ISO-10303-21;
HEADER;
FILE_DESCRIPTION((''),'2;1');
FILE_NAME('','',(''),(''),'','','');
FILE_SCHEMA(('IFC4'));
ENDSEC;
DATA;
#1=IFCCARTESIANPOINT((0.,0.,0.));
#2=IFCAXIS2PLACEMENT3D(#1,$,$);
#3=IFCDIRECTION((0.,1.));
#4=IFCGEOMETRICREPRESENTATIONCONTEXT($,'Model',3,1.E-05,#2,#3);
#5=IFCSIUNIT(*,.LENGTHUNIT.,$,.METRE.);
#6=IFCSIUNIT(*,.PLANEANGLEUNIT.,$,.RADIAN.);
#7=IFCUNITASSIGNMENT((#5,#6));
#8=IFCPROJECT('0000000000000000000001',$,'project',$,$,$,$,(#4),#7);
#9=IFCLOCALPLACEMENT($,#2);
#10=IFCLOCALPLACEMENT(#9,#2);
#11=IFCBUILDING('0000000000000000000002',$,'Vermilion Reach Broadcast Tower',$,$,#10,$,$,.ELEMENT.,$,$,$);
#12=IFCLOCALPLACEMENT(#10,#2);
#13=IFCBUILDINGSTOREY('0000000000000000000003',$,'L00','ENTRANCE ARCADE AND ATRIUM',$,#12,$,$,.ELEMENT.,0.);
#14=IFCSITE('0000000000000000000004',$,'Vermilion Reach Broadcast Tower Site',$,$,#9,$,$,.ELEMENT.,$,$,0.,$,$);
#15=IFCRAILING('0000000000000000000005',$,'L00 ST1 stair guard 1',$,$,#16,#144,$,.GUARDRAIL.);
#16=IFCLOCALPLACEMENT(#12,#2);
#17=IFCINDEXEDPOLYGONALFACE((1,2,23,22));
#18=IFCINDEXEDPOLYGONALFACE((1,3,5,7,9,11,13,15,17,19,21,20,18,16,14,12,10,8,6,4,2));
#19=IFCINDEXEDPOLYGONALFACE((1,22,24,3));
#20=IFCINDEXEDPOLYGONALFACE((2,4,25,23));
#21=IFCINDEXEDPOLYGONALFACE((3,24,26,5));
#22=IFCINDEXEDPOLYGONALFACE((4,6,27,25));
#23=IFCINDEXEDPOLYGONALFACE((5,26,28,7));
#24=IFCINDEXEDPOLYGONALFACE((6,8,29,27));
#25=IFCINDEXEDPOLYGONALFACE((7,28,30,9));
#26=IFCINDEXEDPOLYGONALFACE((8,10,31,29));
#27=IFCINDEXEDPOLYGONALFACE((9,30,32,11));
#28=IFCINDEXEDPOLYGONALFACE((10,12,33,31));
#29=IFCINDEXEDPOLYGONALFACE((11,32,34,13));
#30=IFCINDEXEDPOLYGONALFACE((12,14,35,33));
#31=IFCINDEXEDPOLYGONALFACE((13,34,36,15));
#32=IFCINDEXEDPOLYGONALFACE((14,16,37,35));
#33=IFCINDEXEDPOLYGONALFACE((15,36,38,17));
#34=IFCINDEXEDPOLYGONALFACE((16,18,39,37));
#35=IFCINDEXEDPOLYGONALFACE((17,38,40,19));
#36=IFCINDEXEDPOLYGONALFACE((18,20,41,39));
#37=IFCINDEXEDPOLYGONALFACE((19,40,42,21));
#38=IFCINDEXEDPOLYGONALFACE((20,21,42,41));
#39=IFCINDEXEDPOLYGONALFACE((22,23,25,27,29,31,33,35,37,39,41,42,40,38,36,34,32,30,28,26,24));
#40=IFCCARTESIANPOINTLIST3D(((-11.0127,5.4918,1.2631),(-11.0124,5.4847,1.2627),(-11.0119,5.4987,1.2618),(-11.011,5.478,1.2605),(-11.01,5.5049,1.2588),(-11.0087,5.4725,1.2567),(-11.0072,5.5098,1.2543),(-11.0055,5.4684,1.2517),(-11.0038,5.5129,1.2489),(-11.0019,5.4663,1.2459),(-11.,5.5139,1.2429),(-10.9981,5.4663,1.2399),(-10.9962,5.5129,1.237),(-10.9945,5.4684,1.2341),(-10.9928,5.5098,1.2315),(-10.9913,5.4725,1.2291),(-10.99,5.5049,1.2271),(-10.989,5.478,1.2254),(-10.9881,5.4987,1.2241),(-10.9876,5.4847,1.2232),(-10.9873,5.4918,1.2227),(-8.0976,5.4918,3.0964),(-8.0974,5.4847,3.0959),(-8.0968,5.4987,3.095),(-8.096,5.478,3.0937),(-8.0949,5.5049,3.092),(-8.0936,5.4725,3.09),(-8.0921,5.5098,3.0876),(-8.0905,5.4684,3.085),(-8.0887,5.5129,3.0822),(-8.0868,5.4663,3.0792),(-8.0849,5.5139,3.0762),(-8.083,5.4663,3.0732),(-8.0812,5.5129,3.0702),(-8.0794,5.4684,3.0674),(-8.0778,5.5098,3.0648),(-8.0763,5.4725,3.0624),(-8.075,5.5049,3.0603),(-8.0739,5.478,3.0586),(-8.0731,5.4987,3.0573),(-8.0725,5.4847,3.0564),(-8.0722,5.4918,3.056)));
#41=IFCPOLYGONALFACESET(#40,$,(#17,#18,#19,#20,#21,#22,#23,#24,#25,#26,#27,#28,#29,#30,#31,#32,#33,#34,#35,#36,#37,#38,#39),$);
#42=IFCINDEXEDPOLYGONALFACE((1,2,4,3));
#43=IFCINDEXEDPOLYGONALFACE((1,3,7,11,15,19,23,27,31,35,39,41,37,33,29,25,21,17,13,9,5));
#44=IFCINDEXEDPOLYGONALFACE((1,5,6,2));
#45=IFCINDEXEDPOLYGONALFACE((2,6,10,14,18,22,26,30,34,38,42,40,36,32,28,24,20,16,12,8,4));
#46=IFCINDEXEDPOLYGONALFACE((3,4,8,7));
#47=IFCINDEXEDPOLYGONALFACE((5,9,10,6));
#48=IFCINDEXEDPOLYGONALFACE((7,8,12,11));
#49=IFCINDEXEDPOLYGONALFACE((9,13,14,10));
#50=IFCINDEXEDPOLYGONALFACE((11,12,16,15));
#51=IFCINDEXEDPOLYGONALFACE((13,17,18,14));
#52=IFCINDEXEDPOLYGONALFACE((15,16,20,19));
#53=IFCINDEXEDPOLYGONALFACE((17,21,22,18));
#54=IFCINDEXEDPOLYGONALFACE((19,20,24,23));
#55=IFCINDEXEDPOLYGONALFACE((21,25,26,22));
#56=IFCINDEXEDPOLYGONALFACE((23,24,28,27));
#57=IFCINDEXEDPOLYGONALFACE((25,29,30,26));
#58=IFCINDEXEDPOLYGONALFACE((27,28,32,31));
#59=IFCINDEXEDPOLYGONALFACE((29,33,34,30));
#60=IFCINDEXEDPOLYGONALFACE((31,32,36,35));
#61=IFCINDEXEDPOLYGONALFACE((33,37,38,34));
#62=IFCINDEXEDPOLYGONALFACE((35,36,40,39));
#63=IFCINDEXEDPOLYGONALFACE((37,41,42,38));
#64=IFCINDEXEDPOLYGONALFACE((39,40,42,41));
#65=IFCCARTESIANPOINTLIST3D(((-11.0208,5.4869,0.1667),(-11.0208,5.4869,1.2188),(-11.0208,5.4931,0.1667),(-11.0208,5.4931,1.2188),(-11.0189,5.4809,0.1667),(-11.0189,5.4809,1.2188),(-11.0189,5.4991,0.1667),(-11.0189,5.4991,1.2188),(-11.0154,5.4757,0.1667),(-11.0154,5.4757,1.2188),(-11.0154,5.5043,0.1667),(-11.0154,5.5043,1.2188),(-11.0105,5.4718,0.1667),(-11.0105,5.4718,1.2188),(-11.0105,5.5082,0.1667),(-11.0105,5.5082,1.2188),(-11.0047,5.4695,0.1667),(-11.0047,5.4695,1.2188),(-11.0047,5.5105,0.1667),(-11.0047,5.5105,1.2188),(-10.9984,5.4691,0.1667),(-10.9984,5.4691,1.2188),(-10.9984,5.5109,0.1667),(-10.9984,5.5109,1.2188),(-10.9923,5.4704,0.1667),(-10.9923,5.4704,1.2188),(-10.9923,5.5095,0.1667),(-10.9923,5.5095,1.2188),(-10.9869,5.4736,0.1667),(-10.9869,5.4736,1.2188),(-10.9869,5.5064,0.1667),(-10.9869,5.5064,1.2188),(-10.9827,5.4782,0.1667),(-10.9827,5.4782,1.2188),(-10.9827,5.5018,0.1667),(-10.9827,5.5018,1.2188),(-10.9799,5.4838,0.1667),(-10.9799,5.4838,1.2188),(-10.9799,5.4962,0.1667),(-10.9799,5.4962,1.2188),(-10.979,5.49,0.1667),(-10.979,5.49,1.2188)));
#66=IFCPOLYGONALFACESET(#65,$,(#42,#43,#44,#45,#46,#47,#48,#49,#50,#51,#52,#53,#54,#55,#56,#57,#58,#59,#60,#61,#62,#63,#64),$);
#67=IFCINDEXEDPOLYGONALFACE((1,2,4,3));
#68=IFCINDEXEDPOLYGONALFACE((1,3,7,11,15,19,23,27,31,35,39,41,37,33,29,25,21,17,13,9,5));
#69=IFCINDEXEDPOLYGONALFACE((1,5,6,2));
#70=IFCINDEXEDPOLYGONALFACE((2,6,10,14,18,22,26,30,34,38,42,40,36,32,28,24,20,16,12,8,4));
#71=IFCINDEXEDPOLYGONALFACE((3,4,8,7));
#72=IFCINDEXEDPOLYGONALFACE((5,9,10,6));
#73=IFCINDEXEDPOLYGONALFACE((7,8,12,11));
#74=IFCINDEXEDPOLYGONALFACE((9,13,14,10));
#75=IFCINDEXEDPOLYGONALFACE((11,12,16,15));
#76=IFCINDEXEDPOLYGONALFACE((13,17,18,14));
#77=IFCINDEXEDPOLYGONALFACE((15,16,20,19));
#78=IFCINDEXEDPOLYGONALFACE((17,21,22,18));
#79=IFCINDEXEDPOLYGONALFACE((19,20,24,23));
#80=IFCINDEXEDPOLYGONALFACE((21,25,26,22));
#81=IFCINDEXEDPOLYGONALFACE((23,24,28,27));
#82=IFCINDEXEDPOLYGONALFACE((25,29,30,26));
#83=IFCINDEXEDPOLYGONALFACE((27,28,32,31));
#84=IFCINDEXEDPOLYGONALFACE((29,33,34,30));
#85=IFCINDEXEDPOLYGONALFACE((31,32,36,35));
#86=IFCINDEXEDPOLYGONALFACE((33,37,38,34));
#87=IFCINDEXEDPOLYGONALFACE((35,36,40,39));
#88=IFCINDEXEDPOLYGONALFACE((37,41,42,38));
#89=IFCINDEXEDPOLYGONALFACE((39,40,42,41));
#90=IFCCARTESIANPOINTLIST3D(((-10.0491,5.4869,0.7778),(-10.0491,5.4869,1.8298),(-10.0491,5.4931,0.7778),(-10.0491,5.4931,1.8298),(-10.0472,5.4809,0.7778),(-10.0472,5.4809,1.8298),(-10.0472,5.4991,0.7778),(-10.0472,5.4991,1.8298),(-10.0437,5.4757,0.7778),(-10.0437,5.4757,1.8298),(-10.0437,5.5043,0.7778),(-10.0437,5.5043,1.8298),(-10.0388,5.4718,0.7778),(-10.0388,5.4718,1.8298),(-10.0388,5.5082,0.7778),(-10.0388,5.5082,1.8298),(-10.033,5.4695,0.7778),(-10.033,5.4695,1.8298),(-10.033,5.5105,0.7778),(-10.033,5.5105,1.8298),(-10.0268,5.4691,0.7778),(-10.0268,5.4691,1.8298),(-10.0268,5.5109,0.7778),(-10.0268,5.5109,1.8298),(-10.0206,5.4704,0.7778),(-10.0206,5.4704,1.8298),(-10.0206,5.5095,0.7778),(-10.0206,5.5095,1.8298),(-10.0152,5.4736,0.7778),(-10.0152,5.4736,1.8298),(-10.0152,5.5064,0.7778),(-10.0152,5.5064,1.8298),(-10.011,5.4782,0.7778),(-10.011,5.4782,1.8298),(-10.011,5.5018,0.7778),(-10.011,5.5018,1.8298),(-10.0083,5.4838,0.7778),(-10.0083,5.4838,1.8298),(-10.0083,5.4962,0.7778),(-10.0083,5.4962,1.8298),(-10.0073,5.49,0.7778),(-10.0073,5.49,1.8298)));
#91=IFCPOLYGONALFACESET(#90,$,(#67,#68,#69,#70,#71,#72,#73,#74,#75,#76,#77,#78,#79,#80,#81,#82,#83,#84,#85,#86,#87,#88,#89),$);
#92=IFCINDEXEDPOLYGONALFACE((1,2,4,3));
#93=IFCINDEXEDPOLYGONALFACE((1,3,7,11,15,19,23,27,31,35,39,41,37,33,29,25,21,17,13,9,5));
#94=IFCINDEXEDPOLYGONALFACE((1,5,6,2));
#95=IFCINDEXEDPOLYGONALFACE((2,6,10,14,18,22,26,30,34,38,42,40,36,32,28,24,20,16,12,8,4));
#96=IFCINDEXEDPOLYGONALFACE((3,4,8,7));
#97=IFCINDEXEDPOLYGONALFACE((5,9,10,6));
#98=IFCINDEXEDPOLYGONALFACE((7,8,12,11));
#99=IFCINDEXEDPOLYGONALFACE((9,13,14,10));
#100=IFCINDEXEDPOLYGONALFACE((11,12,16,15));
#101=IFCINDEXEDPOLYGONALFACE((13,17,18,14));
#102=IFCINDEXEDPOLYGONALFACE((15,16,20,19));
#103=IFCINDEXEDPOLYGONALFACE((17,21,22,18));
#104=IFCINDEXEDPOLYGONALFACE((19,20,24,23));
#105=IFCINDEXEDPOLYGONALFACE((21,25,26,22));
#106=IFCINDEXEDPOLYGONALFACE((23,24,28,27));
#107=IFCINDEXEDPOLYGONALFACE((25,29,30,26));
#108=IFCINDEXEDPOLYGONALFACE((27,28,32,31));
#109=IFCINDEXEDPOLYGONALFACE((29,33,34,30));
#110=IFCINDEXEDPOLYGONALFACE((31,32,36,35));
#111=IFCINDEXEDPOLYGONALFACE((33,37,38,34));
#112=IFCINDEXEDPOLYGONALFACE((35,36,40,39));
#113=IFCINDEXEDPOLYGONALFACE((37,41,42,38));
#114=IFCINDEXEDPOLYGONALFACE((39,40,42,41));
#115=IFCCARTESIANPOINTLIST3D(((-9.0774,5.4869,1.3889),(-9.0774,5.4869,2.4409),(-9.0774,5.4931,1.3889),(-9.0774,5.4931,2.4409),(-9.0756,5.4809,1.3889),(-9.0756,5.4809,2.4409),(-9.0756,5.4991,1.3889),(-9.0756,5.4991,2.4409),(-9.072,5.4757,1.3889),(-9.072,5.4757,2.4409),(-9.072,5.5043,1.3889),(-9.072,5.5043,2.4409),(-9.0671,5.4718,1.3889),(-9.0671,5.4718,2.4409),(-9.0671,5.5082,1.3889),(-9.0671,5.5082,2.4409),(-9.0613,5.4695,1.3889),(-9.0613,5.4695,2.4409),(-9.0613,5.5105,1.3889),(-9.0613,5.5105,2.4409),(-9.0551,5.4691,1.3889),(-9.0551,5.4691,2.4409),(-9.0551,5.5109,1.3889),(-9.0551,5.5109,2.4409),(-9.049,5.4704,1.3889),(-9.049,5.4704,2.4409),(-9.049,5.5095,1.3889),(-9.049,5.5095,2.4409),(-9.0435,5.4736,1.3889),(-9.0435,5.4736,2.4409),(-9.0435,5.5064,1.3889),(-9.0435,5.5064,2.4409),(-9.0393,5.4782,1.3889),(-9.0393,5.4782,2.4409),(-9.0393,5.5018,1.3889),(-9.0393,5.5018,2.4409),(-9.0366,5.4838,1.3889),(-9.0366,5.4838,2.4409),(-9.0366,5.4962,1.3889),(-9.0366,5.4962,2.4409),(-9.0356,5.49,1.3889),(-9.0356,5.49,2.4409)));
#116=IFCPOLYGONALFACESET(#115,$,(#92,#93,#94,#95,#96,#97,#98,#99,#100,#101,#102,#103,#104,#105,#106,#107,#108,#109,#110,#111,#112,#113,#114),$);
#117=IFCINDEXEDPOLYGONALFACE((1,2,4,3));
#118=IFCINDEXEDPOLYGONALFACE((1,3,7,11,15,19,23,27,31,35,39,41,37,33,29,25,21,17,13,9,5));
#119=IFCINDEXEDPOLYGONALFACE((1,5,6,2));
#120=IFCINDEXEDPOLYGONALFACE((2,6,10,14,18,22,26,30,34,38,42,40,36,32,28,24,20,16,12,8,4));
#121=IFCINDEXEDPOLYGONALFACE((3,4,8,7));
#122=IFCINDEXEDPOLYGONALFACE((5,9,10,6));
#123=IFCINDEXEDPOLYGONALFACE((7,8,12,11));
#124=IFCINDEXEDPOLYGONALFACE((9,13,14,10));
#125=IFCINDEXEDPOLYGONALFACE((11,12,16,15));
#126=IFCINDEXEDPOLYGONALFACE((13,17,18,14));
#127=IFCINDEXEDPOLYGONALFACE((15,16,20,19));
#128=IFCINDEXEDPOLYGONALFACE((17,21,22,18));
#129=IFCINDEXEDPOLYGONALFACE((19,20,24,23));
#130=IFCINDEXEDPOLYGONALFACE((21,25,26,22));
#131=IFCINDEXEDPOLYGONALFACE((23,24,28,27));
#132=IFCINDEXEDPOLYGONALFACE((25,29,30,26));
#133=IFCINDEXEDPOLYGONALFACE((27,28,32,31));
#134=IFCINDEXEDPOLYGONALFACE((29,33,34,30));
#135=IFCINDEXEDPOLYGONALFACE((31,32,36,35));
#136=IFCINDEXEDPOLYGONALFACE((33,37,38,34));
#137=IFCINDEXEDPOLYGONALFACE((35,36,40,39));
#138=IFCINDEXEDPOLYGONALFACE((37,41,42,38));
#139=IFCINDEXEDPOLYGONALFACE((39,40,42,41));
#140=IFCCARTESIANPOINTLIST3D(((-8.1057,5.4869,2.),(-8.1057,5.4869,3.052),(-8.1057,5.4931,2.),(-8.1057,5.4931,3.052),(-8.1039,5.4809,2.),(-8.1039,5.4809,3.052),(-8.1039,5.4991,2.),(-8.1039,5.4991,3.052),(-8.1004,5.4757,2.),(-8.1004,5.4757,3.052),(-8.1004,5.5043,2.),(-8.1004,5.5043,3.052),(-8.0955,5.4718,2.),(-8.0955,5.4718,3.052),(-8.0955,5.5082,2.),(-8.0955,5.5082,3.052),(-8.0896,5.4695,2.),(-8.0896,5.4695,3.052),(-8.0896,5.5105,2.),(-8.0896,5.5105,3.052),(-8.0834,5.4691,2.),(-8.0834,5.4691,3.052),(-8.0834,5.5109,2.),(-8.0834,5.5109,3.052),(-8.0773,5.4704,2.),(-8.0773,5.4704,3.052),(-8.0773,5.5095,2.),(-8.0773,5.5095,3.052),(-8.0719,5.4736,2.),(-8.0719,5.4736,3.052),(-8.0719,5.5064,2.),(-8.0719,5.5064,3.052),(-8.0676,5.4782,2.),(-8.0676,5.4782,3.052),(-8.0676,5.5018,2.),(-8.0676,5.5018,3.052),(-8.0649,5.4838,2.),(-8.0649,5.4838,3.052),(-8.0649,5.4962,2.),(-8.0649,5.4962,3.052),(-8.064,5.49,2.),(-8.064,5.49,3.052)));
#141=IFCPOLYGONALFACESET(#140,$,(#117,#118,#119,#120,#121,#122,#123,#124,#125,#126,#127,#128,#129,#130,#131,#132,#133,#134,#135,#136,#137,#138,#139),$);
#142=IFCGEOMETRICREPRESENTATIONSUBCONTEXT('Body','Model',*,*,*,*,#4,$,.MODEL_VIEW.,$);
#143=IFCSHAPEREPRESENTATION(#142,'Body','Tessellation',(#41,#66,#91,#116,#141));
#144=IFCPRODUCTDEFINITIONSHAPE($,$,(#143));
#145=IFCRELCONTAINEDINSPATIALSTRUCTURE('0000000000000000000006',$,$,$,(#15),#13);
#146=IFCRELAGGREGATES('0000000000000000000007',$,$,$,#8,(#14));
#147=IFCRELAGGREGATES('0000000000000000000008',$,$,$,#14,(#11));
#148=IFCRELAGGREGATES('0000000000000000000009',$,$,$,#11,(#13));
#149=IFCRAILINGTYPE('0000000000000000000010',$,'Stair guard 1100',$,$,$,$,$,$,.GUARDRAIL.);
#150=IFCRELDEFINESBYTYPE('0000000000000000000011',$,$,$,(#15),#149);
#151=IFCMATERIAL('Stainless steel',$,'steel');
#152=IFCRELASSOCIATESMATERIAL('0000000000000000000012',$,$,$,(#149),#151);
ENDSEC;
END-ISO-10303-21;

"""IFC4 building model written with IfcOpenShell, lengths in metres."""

from ifc_helpers import new_model, si_unit, direction, frame, origin, origin_2d, place, context, subcontext, project, spatial, circle, extrude, material, type_object, element, save


model = new_model("IFC4")

# Units and contexts
model_context = context("Model", 3, precision=1e-05, world=origin(), true_north=direction((0.0, 1.0)))
body_context = subcontext(model_context, "Body", "Model", "MODEL_VIEW")
ifc_project = project(units=[si_unit("LENGTHUNIT", "METRE"), si_unit("PLANEANGLEUNIT", "RADIAN")], contexts=[model_context])

# Site, building, storey
site_placement = place(None, origin())
site = spatial("IfcSite", under=ifc_project, at=site_placement, Name="Vermilion Reach Broadcast Tower Site", CompositionType="ELEMENT", RefElevation=0.0)
building_placement = place(site_placement, origin())
building = spatial("IfcBuilding", under=site, at=building_placement, Name="Vermilion Reach Broadcast Tower", CompositionType="ELEMENT")
storey_placement = place(building_placement, origin())
storey = spatial("IfcBuildingStorey", under=building, at=storey_placement, Name="L00", Description="ENTRANCE ARCADE AND ATRIUM", CompositionType="ELEMENT", Elevation=0.0)

# Railing
ifc_material_1 = material(Name="Stainless steel", Category="steel")
railing_type_1 = type_object("IfcRailingType", Name="Stair guard 1100", PredefinedType="GUARDRAIL", material=ifc_material_1)
railing_1_placement = place(storey_placement, frame((-11.0, 5.49, 0.1667)))
element("IfcRailing", 1, at=railing_1_placement, inside=storey, type_object=railing_type_1, Name="L00 ST1 stair guard 1", PredefinedType="GUARDRAIL", context=body_context, shape_type="SweptSolid", body=[
    extrude(circle(Radius=0.0239, at=origin_2d()), frame((0.0, 0.0, 1.0762), z_axis=(0.846513, 0.0, 0.532368), x_axis=(0.0, 1.0, 0.0)), (0.0, 0.0, 1.0), 3.4436),
    extrude(circle(Radius=0.021, at=origin_2d()), origin(), (0.0, 0.0, 1.0), 1.052),
    extrude(circle(Radius=0.021, at=origin_2d()), frame((0.9717, 0.0, 0.6111)), (0.0, 0.0, 1.0), 1.052),
    extrude(circle(Radius=0.021, at=origin_2d()), frame((1.9434, 0.0, 1.2222)), (0.0, 0.0, 1.0), 1.052),
    extrude(circle(Radius=0.021, at=origin_2d()), frame((2.915, 0.0, 1.8333)), (0.0, 0.0, 1.0), 1.052),
])

save(model, "model.ifc")
